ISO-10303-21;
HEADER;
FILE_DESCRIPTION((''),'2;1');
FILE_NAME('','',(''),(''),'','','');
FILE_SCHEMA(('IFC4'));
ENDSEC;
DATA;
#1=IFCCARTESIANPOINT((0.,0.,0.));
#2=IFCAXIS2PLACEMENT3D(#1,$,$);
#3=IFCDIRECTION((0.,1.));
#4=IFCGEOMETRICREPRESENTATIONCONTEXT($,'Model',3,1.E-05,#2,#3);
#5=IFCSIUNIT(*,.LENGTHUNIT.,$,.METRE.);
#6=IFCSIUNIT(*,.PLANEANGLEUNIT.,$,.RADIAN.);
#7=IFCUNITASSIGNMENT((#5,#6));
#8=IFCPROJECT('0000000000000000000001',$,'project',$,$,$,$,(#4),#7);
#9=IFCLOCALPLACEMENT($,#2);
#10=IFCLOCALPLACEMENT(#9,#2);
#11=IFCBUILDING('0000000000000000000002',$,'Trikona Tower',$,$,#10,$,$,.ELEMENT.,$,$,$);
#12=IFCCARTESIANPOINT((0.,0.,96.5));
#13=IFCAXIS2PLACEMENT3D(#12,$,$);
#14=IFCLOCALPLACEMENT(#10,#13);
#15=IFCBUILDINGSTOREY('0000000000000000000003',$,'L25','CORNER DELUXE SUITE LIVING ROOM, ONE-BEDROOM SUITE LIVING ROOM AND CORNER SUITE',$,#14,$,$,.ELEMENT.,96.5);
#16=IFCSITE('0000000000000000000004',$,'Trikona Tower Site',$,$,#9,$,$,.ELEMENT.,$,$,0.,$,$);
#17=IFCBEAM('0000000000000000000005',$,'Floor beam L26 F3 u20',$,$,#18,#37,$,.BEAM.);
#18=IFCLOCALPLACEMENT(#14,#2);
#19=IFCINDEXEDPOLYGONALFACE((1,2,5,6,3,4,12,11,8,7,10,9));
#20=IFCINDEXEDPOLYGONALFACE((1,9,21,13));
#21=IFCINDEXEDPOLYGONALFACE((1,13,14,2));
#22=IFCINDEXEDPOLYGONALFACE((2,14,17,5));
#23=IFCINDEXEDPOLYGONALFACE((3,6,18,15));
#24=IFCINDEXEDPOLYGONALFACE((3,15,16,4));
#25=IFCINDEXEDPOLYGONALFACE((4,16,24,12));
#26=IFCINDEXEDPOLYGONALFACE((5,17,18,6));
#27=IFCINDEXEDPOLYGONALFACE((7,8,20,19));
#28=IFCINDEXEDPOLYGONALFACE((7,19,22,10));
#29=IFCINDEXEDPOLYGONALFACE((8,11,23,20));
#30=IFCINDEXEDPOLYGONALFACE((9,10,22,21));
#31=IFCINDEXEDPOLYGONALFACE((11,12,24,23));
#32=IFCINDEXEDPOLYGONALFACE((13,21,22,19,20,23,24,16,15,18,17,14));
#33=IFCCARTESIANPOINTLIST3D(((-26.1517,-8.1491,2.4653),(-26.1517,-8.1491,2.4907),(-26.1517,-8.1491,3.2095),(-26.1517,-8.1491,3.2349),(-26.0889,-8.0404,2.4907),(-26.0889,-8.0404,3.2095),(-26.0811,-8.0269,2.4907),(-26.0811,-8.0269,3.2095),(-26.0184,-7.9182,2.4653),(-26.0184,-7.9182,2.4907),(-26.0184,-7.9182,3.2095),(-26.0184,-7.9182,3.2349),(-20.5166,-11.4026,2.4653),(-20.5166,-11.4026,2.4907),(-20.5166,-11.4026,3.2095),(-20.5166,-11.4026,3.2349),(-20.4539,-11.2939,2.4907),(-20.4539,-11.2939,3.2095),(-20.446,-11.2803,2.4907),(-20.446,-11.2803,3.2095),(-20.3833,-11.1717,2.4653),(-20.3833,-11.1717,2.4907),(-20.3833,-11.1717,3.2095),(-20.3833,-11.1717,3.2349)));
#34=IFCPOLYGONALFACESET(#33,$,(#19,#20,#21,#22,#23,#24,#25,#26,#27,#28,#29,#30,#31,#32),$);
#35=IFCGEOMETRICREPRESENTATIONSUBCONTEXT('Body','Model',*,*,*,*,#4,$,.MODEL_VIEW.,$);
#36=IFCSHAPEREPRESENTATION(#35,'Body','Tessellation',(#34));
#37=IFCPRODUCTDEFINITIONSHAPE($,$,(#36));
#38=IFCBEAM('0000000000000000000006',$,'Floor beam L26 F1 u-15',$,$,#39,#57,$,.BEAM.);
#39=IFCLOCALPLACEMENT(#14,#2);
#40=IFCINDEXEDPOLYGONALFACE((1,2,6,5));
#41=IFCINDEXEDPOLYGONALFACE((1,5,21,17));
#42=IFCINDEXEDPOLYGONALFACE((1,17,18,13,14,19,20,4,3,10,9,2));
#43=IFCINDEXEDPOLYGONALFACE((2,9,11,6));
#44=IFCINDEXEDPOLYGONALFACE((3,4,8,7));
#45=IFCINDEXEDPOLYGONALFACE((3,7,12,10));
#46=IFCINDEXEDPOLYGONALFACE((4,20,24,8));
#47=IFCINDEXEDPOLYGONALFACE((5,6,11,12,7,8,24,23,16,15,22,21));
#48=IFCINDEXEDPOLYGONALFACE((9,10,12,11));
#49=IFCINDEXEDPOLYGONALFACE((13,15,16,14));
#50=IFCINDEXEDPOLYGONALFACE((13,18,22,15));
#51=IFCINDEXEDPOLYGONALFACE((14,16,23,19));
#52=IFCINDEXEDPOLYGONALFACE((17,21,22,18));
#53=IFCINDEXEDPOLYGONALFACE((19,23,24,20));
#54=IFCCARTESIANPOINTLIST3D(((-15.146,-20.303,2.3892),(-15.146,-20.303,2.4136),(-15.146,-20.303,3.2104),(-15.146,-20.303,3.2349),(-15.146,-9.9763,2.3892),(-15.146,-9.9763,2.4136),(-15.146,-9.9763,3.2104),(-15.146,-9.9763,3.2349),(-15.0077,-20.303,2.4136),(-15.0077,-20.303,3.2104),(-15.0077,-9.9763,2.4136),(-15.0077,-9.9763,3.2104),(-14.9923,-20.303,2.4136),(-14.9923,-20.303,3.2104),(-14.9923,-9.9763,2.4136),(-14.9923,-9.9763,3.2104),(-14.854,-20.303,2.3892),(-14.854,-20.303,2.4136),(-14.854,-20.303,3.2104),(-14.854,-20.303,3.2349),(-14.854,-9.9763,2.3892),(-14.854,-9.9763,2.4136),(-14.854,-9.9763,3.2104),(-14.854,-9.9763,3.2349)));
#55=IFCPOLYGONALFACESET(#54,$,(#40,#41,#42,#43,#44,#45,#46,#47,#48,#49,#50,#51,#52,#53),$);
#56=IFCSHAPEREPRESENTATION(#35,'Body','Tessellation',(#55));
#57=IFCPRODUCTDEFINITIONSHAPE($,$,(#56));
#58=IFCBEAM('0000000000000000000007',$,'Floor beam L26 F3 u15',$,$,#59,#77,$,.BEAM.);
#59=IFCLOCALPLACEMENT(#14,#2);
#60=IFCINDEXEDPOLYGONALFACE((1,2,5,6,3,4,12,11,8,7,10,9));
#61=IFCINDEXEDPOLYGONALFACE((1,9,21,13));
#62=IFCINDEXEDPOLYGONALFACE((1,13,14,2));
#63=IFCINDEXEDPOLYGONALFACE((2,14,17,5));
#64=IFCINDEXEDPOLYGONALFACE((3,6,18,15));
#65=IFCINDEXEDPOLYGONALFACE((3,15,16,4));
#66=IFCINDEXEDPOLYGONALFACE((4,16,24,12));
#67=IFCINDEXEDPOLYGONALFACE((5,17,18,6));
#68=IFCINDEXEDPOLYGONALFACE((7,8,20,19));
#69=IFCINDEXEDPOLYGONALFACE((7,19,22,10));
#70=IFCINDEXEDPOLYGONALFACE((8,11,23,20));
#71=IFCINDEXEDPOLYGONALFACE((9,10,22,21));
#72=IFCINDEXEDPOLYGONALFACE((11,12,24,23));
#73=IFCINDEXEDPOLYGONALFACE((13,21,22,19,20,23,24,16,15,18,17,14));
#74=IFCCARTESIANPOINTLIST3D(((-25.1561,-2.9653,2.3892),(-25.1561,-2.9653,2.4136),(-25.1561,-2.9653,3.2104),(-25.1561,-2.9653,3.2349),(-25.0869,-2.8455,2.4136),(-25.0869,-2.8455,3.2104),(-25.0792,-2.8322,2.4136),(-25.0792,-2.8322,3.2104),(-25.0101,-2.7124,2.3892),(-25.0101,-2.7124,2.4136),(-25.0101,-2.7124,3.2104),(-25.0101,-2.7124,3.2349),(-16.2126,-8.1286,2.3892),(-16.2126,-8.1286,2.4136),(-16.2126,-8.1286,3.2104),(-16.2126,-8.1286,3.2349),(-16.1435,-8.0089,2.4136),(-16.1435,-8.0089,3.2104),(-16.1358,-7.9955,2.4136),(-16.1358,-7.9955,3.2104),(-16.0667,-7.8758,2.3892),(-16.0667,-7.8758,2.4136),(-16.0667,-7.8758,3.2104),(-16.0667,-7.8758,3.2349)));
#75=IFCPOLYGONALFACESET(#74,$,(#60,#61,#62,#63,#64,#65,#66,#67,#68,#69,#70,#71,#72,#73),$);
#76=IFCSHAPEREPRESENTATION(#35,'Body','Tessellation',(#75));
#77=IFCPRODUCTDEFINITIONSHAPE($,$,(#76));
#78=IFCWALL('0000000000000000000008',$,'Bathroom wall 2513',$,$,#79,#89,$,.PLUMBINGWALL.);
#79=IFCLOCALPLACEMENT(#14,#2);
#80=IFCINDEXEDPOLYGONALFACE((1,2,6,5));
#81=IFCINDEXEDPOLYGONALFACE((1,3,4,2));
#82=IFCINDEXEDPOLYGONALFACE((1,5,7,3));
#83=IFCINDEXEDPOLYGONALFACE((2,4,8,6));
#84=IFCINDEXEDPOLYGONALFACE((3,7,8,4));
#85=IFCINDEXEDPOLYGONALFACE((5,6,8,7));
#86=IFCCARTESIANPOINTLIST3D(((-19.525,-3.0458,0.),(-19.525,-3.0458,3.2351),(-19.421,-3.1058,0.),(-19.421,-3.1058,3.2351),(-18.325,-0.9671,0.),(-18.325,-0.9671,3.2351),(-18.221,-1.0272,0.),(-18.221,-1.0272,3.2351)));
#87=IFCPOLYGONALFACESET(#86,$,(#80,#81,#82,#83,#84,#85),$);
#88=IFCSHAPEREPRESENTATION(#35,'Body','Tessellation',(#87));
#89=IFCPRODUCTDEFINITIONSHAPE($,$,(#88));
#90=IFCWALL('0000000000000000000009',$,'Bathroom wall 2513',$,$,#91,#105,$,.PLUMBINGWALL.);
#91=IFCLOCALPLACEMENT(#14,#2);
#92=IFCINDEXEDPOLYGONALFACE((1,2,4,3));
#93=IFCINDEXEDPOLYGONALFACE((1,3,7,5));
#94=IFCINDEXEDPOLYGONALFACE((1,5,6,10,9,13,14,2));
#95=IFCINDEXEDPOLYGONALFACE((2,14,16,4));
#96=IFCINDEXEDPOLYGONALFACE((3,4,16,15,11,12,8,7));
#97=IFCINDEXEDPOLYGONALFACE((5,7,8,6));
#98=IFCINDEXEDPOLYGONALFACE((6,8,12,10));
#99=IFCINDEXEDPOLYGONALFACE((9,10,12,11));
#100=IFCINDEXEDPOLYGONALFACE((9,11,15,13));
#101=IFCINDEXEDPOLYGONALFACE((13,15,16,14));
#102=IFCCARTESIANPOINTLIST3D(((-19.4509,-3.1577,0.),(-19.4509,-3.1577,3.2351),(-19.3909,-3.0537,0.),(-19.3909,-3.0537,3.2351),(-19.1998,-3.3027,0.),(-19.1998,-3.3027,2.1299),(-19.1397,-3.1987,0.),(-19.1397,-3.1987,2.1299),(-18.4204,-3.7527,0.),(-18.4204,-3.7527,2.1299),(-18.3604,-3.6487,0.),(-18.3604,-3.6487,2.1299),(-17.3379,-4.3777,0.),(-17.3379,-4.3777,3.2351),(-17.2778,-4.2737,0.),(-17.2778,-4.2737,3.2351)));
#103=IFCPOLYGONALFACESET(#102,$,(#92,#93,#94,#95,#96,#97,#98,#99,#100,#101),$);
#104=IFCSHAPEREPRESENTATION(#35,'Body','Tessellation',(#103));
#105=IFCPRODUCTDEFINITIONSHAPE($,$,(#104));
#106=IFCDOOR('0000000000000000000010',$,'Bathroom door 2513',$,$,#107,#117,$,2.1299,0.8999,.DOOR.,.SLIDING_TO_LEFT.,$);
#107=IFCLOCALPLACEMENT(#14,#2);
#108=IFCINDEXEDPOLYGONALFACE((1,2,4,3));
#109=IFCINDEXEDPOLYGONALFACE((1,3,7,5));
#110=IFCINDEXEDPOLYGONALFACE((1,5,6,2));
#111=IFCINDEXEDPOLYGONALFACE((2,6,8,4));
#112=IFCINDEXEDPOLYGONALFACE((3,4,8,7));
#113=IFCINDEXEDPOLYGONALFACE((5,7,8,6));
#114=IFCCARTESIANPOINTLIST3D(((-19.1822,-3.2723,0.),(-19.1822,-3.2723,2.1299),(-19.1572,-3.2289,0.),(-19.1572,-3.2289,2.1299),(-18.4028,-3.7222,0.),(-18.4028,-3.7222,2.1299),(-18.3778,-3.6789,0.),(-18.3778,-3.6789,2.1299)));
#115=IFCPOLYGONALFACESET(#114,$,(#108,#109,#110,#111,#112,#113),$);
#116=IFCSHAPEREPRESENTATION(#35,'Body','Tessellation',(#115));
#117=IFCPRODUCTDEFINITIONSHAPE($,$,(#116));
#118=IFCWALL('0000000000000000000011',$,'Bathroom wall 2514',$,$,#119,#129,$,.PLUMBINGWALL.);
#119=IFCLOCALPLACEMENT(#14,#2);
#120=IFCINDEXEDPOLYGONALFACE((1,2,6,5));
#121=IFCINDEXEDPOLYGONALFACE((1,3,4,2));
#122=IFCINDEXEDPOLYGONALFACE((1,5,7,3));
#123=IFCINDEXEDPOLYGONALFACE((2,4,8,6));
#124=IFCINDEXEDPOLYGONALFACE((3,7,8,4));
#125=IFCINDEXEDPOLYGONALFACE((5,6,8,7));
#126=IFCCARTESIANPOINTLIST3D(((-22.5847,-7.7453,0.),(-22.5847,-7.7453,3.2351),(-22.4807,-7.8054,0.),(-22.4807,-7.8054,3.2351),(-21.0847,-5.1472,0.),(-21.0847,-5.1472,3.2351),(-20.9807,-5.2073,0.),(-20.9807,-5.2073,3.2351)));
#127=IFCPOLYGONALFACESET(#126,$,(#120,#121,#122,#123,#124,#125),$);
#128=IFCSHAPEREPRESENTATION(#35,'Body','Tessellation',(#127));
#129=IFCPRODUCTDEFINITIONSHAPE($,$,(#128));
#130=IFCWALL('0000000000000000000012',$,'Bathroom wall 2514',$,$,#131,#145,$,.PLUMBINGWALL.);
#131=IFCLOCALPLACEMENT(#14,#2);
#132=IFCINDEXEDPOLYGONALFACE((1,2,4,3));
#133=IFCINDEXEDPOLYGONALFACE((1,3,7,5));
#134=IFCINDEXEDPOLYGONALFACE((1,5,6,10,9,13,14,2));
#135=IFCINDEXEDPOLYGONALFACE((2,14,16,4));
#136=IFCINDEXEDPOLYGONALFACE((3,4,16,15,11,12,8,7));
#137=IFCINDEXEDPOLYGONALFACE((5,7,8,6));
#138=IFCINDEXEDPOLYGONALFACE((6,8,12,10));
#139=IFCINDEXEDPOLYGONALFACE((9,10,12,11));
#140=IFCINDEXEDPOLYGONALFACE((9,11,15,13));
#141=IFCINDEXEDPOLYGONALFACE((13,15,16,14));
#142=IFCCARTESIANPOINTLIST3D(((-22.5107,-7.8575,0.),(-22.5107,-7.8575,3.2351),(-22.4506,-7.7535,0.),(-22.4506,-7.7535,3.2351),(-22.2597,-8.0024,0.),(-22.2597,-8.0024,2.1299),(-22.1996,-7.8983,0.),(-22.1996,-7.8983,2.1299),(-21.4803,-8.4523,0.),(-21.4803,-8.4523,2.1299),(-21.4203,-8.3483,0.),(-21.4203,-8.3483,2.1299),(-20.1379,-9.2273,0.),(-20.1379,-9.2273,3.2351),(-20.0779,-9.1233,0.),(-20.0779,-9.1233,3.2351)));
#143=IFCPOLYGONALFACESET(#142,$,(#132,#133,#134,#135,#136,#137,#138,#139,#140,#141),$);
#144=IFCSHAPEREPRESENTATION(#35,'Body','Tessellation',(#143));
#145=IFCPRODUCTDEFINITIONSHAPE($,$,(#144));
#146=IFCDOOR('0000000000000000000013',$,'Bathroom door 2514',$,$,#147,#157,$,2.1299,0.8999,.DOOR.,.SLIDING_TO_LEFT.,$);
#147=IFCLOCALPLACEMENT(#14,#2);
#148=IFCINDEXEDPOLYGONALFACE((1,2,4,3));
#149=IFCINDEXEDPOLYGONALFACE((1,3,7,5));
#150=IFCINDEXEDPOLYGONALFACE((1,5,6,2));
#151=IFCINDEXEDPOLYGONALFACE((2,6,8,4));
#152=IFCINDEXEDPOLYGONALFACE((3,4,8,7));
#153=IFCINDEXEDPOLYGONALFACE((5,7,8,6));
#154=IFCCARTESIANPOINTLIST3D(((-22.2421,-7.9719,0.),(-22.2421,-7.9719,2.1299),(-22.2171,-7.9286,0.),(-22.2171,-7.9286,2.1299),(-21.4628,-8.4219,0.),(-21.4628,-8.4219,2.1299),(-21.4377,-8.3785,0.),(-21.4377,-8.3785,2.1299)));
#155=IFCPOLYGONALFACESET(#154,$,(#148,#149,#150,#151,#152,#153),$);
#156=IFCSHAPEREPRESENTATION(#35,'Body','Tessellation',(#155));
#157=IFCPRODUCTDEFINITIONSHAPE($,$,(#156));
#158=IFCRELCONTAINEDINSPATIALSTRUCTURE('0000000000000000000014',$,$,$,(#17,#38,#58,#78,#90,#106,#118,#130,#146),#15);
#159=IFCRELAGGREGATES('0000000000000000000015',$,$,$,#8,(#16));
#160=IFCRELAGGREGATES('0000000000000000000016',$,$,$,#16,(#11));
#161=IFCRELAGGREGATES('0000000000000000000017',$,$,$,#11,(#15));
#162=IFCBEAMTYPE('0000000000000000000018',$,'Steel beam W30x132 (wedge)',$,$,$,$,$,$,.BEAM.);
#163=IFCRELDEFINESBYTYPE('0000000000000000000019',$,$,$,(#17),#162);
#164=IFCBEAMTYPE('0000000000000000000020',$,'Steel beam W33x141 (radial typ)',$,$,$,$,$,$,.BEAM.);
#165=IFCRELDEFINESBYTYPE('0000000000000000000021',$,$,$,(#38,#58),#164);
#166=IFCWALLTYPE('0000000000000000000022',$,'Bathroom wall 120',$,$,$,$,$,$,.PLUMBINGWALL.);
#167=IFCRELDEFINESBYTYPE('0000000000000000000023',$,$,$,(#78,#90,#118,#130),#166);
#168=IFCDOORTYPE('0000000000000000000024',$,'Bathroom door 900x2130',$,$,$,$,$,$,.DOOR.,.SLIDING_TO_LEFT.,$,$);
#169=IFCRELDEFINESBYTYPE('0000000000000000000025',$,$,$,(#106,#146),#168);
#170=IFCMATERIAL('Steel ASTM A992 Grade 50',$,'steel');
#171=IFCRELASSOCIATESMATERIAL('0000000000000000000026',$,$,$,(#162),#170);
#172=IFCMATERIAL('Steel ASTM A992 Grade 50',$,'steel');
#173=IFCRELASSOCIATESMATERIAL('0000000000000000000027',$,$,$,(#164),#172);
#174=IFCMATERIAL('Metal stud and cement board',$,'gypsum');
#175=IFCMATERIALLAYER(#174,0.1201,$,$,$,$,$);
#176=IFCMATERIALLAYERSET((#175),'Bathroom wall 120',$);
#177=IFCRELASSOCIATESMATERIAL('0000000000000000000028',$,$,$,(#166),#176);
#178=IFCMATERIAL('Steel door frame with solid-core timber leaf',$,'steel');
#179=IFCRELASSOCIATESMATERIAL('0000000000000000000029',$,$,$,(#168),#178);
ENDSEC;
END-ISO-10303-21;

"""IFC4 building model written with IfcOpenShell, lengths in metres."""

from ifc_helpers import new_model, si_unit, direction, frame, frame_2d, origin, origin_2d, place, context, subcontext, project, spatial, rectangle, i_section, extrude, material, layer, layer_set, material_profile, profile_set, type_object, element, fill, save


model = new_model("IFC4")

# Units and contexts
model_context = context("Model", 3, precision=1e-05, world=origin(), true_north=direction((0.0, 1.0)))
body_context = subcontext(model_context, "Body", "Model", "MODEL_VIEW")
ifc_project = project(units=[si_unit("LENGTHUNIT", "METRE"), si_unit("PLANEANGLEUNIT", "RADIAN")], contexts=[model_context])

# Site, building, storey
site_placement = place(None, origin())
site = spatial("IfcSite", under=ifc_project, at=site_placement, Name="Trikona Tower Site", CompositionType="ELEMENT", RefElevation=0.0)
building_placement = place(site_placement, origin())
building = spatial("IfcBuilding", under=site, at=building_placement, Name="Trikona Tower", CompositionType="ELEMENT")
storey_placement = place(building_placement, frame((0.0, 0.0, 96.5)))
storey = spatial("IfcBuildingStorey", under=building, at=storey_placement, Name="L25", Description="CORNER DELUXE SUITE LIVING ROOM, ONE-BEDROOM SUITE LIVING ROOM AND CORNER SUITE", CompositionType="ELEMENT", Elevation=96.5)

# Beams
ifc_material_1 = material(Name="Steel ASTM A992 Grade 50", Category="steel")
ifc_material_profile_1 = material_profile(ifc_material_1, i_section(OverallWidth=0.2666, OverallDepth=0.7695, WebThickness=0.0156, FlangeThickness=0.0254, at=origin_2d()), Name="W30X132")
ifc_profile_set_1 = profile_set([ifc_material_profile_1], Name="Steel ASTM A992 Grade 50")
beam_type_1 = type_object("IfcBeamType", Name="Steel beam W30x132 (wedge)", PredefinedType="BEAM", material=ifc_profile_set_1)
beam_1_placement = place(storey_placement, frame((-20.45, -11.2871, 2.8501), z_axis=(-0.866023, 0.500005, 0.0), x_axis=(-0.500005, -0.866023, 0.0)))
element("IfcBeam", 1, at=beam_1_placement, inside=storey, type_object=beam_type_1, Name="Floor beam L26 F3 u20", PredefinedType="BEAM", context=body_context, shape_type="SweptSolid", body=[
    extrude(i_section(OverallWidth=0.2666, OverallDepth=0.7695, WebThickness=0.0156, FlangeThickness=0.0254, at=origin_2d()), origin(), (0.0, 0.0, 1.0), 6.5068),
])
ifc_material_2 = material(Name="Steel ASTM A992 Grade 50", Category="steel")
ifc_material_profile_2 = material_profile(ifc_material_2, i_section(OverallWidth=0.292, OverallDepth=0.8457, WebThickness=0.0154, FlangeThickness=0.0244, at=origin_2d()), Name="W33X141")
ifc_profile_set_2 = profile_set([ifc_material_profile_2], Name="Steel ASTM A992 Grade 50")
beam_type_2 = type_object("IfcBeamType", Name="Steel beam W33x141 (radial typ)", PredefinedType="BEAM", material=ifc_profile_set_2)
beam_2_placement = place(storey_placement, frame((-15.0, -9.9763, 2.812), z_axis=(0.0, -1.0, 0.0), x_axis=(1.0, 0.0, 0.0)))
element("IfcBeam", 2, at=beam_2_placement, inside=storey, type_object=beam_type_2, Name="Floor beam L26 F1 u-15", PredefinedType="BEAM", context=body_context, shape_type="SweptSolid", body=[
    extrude(i_section(OverallWidth=0.292, OverallDepth=0.8457, WebThickness=0.0154, FlangeThickness=0.0244, at=origin_2d()), origin(), (0.0, 0.0, 1.0), 10.3267),
])
beam_3_placement = place(storey_placement, frame((-16.1396, -8.0022, 2.812), z_axis=(-0.86603, 0.499991, 0.0), x_axis=(-0.499991, -0.86603, 0.0)))
element("IfcBeam", 3, at=beam_3_placement, inside=storey, type_object=beam_type_2, Name="Floor beam L26 F3 u15", PredefinedType="BEAM", context=body_context, shape_type="SweptSolid", body=[
    extrude(i_section(OverallWidth=0.292, OverallDepth=0.8457, WebThickness=0.0154, FlangeThickness=0.0244, at=origin_2d()), origin(), (0.0, 0.0, 1.0), 10.3269),
])

# Wall
ifc_material_3 = material(Name="Metal stud and cement board", Category="gypsum")
ifc_layer_1 = layer(ifc_material_3, 0.1201)
ifc_layer_set_1 = layer_set([ifc_layer_1], Name="Bathroom wall 120")
wall_type_1 = type_object("IfcWallType", Name="Bathroom wall 120", PredefinedType="PLUMBINGWALL", material=ifc_layer_set_1)
wall_1_placement = place(storey_placement, frame((-18.2729, -0.9971, 0.0), z_axis=(0.0, 0.0, 1.0), x_axis=(-0.499957, -0.86605, 0.0)))
element("IfcWall", 4, at=wall_1_placement, inside=storey, type_object=wall_type_1, Name="Bathroom wall 2513", PredefinedType="PLUMBINGWALL", context=body_context, shape_type="SweptSolid", body=[
    extrude(rectangle(XDim=2.4001, YDim=0.1201, at=frame_2d((1.2002, 0.0))), origin(), (0.0, 0.0, 1.0), 3.2351),
])

# Wall, opening, door
wall_2_placement = place(storey_placement, frame((-17.3079, -4.3257, 0.0), z_axis=(0.0, 0.0, 1.0), x_axis=(-0.866024, 0.500003, 0.0)))
wall_2 = element("IfcWall", 5, at=wall_2_placement, inside=storey, type_object=wall_type_1, Name="Bathroom wall 2513", PredefinedType="PLUMBINGWALL", context=body_context, shape_type="SweptSolid", body=[
    extrude(rectangle(XDim=2.4399, YDim=0.1201, at=frame_2d((1.22, 0.0))), origin(), (0.0, 0.0, 1.0), 3.2351),
])
opening_1_placement = place(wall_2_placement, frame((1.25, 0.0, 0.0)))
opening_1 = element("IfcOpeningElement", 6, at=opening_1_placement, cuts=wall_2, PredefinedType="OPENING", context=body_context, shape_type="SweptSolid", body=[
    extrude(rectangle(XDim=0.8999, YDim=2.1299, at=frame_2d((0.45, 1.0649))), frame((0.0, 0.0701, 0.0), z_axis=(0.0, -1.0, 0.0), x_axis=(1.0, 0.0, 0.0)), (0.0, 0.0, 1.0), 0.1401),
])
ifc_material_4 = material(Name="Steel door frame with solid-core timber leaf", Category="steel")
door_type_1 = type_object("IfcDoorType", Name="Bathroom door 900x2130", OperationType="SLIDING_TO_LEFT", PredefinedType="DOOR", material=ifc_material_4)
door_1_placement = place(opening_1_placement, origin())
door_1 = element("IfcDoor", 7, at=door_1_placement, inside=storey, type_object=door_type_1, Name="Bathroom door 2513", OperationType="SLIDING_TO_LEFT", OverallHeight=2.1299, OverallWidth=0.8999, PredefinedType="DOOR", context=body_context, shape_type="SweptSolid", body=[
    extrude(rectangle(XDim=0.8999, YDim=2.1299, at=frame_2d((0.45, 1.0649))), frame((0.0, 0.0249, 0.0), z_axis=(0.0, -1.0, 0.0), x_axis=(1.0, 0.0, 0.0)), (0.0, 0.0, 1.0), 0.05),
])
fill(opening_1, door_1)

# Wall
wall_3_placement = place(storey_placement, frame((-21.0327, -5.1772, 0.0), z_axis=(0.0, 0.0, 1.0), x_axis=(-0.49999, -0.866031, 0.0)))
element("IfcWall", 8, at=wall_3_placement, inside=storey, type_object=wall_type_1, Name="Bathroom wall 2514", PredefinedType="PLUMBINGWALL", context=body_context, shape_type="SweptSolid", body=[
    extrude(rectangle(XDim=3.0, YDim=0.1201, at=frame_2d((1.5, 0.0))), origin(), (0.0, 0.0, 1.0), 3.2351),
])

# Wall, opening, door
wall_4_placement = place(storey_placement, frame((-20.1079, -9.1753, 0.0), z_axis=(0.0, 0.0, 1.0), x_axis=(-0.866036, 0.499982, 0.0)))
wall_4 = element("IfcWall", 9, at=wall_4_placement, inside=storey, type_object=wall_type_1, Name="Bathroom wall 2514", PredefinedType="PLUMBINGWALL", context=body_context, shape_type="SweptSolid", body=[
    extrude(rectangle(XDim=2.7397, YDim=0.1201, at=frame_2d((1.3699, 0.0))), origin(), (0.0, 0.0, 1.0), 3.2351),
])
opening_2_placement = place(wall_4_placement, frame((1.55, 0.0, 0.0)))
opening_2 = element("IfcOpeningElement", 10, at=opening_2_placement, cuts=wall_4, PredefinedType="OPENING", context=body_context, shape_type="SweptSolid", body=[
    extrude(rectangle(XDim=0.8999, YDim=2.1299, at=frame_2d((0.45, 1.0649))), frame((0.0, 0.0701, 0.0), z_axis=(0.0, -1.0, 0.0), x_axis=(1.0, 0.0, 0.0)), (0.0, 0.0, 1.0), 0.1401),
])
door_2_placement = place(opening_2_placement, origin())
door_2 = element("IfcDoor", 11, at=door_2_placement, inside=storey, type_object=door_type_1, Name="Bathroom door 2514", OperationType="SLIDING_TO_LEFT", OverallHeight=2.1299, OverallWidth=0.8999, PredefinedType="DOOR", context=body_context, shape_type="SweptSolid", body=[
    extrude(rectangle(XDim=0.8999, YDim=2.1299, at=frame_2d((0.45, 1.0649))), frame((0.0, 0.0249, 0.0), z_axis=(0.0, -1.0, 0.0), x_axis=(1.0, 0.0, 0.0)), (0.0, 0.0, 1.0), 0.05),
])
fill(opening_2, door_2)

save(model, "model.ifc")
